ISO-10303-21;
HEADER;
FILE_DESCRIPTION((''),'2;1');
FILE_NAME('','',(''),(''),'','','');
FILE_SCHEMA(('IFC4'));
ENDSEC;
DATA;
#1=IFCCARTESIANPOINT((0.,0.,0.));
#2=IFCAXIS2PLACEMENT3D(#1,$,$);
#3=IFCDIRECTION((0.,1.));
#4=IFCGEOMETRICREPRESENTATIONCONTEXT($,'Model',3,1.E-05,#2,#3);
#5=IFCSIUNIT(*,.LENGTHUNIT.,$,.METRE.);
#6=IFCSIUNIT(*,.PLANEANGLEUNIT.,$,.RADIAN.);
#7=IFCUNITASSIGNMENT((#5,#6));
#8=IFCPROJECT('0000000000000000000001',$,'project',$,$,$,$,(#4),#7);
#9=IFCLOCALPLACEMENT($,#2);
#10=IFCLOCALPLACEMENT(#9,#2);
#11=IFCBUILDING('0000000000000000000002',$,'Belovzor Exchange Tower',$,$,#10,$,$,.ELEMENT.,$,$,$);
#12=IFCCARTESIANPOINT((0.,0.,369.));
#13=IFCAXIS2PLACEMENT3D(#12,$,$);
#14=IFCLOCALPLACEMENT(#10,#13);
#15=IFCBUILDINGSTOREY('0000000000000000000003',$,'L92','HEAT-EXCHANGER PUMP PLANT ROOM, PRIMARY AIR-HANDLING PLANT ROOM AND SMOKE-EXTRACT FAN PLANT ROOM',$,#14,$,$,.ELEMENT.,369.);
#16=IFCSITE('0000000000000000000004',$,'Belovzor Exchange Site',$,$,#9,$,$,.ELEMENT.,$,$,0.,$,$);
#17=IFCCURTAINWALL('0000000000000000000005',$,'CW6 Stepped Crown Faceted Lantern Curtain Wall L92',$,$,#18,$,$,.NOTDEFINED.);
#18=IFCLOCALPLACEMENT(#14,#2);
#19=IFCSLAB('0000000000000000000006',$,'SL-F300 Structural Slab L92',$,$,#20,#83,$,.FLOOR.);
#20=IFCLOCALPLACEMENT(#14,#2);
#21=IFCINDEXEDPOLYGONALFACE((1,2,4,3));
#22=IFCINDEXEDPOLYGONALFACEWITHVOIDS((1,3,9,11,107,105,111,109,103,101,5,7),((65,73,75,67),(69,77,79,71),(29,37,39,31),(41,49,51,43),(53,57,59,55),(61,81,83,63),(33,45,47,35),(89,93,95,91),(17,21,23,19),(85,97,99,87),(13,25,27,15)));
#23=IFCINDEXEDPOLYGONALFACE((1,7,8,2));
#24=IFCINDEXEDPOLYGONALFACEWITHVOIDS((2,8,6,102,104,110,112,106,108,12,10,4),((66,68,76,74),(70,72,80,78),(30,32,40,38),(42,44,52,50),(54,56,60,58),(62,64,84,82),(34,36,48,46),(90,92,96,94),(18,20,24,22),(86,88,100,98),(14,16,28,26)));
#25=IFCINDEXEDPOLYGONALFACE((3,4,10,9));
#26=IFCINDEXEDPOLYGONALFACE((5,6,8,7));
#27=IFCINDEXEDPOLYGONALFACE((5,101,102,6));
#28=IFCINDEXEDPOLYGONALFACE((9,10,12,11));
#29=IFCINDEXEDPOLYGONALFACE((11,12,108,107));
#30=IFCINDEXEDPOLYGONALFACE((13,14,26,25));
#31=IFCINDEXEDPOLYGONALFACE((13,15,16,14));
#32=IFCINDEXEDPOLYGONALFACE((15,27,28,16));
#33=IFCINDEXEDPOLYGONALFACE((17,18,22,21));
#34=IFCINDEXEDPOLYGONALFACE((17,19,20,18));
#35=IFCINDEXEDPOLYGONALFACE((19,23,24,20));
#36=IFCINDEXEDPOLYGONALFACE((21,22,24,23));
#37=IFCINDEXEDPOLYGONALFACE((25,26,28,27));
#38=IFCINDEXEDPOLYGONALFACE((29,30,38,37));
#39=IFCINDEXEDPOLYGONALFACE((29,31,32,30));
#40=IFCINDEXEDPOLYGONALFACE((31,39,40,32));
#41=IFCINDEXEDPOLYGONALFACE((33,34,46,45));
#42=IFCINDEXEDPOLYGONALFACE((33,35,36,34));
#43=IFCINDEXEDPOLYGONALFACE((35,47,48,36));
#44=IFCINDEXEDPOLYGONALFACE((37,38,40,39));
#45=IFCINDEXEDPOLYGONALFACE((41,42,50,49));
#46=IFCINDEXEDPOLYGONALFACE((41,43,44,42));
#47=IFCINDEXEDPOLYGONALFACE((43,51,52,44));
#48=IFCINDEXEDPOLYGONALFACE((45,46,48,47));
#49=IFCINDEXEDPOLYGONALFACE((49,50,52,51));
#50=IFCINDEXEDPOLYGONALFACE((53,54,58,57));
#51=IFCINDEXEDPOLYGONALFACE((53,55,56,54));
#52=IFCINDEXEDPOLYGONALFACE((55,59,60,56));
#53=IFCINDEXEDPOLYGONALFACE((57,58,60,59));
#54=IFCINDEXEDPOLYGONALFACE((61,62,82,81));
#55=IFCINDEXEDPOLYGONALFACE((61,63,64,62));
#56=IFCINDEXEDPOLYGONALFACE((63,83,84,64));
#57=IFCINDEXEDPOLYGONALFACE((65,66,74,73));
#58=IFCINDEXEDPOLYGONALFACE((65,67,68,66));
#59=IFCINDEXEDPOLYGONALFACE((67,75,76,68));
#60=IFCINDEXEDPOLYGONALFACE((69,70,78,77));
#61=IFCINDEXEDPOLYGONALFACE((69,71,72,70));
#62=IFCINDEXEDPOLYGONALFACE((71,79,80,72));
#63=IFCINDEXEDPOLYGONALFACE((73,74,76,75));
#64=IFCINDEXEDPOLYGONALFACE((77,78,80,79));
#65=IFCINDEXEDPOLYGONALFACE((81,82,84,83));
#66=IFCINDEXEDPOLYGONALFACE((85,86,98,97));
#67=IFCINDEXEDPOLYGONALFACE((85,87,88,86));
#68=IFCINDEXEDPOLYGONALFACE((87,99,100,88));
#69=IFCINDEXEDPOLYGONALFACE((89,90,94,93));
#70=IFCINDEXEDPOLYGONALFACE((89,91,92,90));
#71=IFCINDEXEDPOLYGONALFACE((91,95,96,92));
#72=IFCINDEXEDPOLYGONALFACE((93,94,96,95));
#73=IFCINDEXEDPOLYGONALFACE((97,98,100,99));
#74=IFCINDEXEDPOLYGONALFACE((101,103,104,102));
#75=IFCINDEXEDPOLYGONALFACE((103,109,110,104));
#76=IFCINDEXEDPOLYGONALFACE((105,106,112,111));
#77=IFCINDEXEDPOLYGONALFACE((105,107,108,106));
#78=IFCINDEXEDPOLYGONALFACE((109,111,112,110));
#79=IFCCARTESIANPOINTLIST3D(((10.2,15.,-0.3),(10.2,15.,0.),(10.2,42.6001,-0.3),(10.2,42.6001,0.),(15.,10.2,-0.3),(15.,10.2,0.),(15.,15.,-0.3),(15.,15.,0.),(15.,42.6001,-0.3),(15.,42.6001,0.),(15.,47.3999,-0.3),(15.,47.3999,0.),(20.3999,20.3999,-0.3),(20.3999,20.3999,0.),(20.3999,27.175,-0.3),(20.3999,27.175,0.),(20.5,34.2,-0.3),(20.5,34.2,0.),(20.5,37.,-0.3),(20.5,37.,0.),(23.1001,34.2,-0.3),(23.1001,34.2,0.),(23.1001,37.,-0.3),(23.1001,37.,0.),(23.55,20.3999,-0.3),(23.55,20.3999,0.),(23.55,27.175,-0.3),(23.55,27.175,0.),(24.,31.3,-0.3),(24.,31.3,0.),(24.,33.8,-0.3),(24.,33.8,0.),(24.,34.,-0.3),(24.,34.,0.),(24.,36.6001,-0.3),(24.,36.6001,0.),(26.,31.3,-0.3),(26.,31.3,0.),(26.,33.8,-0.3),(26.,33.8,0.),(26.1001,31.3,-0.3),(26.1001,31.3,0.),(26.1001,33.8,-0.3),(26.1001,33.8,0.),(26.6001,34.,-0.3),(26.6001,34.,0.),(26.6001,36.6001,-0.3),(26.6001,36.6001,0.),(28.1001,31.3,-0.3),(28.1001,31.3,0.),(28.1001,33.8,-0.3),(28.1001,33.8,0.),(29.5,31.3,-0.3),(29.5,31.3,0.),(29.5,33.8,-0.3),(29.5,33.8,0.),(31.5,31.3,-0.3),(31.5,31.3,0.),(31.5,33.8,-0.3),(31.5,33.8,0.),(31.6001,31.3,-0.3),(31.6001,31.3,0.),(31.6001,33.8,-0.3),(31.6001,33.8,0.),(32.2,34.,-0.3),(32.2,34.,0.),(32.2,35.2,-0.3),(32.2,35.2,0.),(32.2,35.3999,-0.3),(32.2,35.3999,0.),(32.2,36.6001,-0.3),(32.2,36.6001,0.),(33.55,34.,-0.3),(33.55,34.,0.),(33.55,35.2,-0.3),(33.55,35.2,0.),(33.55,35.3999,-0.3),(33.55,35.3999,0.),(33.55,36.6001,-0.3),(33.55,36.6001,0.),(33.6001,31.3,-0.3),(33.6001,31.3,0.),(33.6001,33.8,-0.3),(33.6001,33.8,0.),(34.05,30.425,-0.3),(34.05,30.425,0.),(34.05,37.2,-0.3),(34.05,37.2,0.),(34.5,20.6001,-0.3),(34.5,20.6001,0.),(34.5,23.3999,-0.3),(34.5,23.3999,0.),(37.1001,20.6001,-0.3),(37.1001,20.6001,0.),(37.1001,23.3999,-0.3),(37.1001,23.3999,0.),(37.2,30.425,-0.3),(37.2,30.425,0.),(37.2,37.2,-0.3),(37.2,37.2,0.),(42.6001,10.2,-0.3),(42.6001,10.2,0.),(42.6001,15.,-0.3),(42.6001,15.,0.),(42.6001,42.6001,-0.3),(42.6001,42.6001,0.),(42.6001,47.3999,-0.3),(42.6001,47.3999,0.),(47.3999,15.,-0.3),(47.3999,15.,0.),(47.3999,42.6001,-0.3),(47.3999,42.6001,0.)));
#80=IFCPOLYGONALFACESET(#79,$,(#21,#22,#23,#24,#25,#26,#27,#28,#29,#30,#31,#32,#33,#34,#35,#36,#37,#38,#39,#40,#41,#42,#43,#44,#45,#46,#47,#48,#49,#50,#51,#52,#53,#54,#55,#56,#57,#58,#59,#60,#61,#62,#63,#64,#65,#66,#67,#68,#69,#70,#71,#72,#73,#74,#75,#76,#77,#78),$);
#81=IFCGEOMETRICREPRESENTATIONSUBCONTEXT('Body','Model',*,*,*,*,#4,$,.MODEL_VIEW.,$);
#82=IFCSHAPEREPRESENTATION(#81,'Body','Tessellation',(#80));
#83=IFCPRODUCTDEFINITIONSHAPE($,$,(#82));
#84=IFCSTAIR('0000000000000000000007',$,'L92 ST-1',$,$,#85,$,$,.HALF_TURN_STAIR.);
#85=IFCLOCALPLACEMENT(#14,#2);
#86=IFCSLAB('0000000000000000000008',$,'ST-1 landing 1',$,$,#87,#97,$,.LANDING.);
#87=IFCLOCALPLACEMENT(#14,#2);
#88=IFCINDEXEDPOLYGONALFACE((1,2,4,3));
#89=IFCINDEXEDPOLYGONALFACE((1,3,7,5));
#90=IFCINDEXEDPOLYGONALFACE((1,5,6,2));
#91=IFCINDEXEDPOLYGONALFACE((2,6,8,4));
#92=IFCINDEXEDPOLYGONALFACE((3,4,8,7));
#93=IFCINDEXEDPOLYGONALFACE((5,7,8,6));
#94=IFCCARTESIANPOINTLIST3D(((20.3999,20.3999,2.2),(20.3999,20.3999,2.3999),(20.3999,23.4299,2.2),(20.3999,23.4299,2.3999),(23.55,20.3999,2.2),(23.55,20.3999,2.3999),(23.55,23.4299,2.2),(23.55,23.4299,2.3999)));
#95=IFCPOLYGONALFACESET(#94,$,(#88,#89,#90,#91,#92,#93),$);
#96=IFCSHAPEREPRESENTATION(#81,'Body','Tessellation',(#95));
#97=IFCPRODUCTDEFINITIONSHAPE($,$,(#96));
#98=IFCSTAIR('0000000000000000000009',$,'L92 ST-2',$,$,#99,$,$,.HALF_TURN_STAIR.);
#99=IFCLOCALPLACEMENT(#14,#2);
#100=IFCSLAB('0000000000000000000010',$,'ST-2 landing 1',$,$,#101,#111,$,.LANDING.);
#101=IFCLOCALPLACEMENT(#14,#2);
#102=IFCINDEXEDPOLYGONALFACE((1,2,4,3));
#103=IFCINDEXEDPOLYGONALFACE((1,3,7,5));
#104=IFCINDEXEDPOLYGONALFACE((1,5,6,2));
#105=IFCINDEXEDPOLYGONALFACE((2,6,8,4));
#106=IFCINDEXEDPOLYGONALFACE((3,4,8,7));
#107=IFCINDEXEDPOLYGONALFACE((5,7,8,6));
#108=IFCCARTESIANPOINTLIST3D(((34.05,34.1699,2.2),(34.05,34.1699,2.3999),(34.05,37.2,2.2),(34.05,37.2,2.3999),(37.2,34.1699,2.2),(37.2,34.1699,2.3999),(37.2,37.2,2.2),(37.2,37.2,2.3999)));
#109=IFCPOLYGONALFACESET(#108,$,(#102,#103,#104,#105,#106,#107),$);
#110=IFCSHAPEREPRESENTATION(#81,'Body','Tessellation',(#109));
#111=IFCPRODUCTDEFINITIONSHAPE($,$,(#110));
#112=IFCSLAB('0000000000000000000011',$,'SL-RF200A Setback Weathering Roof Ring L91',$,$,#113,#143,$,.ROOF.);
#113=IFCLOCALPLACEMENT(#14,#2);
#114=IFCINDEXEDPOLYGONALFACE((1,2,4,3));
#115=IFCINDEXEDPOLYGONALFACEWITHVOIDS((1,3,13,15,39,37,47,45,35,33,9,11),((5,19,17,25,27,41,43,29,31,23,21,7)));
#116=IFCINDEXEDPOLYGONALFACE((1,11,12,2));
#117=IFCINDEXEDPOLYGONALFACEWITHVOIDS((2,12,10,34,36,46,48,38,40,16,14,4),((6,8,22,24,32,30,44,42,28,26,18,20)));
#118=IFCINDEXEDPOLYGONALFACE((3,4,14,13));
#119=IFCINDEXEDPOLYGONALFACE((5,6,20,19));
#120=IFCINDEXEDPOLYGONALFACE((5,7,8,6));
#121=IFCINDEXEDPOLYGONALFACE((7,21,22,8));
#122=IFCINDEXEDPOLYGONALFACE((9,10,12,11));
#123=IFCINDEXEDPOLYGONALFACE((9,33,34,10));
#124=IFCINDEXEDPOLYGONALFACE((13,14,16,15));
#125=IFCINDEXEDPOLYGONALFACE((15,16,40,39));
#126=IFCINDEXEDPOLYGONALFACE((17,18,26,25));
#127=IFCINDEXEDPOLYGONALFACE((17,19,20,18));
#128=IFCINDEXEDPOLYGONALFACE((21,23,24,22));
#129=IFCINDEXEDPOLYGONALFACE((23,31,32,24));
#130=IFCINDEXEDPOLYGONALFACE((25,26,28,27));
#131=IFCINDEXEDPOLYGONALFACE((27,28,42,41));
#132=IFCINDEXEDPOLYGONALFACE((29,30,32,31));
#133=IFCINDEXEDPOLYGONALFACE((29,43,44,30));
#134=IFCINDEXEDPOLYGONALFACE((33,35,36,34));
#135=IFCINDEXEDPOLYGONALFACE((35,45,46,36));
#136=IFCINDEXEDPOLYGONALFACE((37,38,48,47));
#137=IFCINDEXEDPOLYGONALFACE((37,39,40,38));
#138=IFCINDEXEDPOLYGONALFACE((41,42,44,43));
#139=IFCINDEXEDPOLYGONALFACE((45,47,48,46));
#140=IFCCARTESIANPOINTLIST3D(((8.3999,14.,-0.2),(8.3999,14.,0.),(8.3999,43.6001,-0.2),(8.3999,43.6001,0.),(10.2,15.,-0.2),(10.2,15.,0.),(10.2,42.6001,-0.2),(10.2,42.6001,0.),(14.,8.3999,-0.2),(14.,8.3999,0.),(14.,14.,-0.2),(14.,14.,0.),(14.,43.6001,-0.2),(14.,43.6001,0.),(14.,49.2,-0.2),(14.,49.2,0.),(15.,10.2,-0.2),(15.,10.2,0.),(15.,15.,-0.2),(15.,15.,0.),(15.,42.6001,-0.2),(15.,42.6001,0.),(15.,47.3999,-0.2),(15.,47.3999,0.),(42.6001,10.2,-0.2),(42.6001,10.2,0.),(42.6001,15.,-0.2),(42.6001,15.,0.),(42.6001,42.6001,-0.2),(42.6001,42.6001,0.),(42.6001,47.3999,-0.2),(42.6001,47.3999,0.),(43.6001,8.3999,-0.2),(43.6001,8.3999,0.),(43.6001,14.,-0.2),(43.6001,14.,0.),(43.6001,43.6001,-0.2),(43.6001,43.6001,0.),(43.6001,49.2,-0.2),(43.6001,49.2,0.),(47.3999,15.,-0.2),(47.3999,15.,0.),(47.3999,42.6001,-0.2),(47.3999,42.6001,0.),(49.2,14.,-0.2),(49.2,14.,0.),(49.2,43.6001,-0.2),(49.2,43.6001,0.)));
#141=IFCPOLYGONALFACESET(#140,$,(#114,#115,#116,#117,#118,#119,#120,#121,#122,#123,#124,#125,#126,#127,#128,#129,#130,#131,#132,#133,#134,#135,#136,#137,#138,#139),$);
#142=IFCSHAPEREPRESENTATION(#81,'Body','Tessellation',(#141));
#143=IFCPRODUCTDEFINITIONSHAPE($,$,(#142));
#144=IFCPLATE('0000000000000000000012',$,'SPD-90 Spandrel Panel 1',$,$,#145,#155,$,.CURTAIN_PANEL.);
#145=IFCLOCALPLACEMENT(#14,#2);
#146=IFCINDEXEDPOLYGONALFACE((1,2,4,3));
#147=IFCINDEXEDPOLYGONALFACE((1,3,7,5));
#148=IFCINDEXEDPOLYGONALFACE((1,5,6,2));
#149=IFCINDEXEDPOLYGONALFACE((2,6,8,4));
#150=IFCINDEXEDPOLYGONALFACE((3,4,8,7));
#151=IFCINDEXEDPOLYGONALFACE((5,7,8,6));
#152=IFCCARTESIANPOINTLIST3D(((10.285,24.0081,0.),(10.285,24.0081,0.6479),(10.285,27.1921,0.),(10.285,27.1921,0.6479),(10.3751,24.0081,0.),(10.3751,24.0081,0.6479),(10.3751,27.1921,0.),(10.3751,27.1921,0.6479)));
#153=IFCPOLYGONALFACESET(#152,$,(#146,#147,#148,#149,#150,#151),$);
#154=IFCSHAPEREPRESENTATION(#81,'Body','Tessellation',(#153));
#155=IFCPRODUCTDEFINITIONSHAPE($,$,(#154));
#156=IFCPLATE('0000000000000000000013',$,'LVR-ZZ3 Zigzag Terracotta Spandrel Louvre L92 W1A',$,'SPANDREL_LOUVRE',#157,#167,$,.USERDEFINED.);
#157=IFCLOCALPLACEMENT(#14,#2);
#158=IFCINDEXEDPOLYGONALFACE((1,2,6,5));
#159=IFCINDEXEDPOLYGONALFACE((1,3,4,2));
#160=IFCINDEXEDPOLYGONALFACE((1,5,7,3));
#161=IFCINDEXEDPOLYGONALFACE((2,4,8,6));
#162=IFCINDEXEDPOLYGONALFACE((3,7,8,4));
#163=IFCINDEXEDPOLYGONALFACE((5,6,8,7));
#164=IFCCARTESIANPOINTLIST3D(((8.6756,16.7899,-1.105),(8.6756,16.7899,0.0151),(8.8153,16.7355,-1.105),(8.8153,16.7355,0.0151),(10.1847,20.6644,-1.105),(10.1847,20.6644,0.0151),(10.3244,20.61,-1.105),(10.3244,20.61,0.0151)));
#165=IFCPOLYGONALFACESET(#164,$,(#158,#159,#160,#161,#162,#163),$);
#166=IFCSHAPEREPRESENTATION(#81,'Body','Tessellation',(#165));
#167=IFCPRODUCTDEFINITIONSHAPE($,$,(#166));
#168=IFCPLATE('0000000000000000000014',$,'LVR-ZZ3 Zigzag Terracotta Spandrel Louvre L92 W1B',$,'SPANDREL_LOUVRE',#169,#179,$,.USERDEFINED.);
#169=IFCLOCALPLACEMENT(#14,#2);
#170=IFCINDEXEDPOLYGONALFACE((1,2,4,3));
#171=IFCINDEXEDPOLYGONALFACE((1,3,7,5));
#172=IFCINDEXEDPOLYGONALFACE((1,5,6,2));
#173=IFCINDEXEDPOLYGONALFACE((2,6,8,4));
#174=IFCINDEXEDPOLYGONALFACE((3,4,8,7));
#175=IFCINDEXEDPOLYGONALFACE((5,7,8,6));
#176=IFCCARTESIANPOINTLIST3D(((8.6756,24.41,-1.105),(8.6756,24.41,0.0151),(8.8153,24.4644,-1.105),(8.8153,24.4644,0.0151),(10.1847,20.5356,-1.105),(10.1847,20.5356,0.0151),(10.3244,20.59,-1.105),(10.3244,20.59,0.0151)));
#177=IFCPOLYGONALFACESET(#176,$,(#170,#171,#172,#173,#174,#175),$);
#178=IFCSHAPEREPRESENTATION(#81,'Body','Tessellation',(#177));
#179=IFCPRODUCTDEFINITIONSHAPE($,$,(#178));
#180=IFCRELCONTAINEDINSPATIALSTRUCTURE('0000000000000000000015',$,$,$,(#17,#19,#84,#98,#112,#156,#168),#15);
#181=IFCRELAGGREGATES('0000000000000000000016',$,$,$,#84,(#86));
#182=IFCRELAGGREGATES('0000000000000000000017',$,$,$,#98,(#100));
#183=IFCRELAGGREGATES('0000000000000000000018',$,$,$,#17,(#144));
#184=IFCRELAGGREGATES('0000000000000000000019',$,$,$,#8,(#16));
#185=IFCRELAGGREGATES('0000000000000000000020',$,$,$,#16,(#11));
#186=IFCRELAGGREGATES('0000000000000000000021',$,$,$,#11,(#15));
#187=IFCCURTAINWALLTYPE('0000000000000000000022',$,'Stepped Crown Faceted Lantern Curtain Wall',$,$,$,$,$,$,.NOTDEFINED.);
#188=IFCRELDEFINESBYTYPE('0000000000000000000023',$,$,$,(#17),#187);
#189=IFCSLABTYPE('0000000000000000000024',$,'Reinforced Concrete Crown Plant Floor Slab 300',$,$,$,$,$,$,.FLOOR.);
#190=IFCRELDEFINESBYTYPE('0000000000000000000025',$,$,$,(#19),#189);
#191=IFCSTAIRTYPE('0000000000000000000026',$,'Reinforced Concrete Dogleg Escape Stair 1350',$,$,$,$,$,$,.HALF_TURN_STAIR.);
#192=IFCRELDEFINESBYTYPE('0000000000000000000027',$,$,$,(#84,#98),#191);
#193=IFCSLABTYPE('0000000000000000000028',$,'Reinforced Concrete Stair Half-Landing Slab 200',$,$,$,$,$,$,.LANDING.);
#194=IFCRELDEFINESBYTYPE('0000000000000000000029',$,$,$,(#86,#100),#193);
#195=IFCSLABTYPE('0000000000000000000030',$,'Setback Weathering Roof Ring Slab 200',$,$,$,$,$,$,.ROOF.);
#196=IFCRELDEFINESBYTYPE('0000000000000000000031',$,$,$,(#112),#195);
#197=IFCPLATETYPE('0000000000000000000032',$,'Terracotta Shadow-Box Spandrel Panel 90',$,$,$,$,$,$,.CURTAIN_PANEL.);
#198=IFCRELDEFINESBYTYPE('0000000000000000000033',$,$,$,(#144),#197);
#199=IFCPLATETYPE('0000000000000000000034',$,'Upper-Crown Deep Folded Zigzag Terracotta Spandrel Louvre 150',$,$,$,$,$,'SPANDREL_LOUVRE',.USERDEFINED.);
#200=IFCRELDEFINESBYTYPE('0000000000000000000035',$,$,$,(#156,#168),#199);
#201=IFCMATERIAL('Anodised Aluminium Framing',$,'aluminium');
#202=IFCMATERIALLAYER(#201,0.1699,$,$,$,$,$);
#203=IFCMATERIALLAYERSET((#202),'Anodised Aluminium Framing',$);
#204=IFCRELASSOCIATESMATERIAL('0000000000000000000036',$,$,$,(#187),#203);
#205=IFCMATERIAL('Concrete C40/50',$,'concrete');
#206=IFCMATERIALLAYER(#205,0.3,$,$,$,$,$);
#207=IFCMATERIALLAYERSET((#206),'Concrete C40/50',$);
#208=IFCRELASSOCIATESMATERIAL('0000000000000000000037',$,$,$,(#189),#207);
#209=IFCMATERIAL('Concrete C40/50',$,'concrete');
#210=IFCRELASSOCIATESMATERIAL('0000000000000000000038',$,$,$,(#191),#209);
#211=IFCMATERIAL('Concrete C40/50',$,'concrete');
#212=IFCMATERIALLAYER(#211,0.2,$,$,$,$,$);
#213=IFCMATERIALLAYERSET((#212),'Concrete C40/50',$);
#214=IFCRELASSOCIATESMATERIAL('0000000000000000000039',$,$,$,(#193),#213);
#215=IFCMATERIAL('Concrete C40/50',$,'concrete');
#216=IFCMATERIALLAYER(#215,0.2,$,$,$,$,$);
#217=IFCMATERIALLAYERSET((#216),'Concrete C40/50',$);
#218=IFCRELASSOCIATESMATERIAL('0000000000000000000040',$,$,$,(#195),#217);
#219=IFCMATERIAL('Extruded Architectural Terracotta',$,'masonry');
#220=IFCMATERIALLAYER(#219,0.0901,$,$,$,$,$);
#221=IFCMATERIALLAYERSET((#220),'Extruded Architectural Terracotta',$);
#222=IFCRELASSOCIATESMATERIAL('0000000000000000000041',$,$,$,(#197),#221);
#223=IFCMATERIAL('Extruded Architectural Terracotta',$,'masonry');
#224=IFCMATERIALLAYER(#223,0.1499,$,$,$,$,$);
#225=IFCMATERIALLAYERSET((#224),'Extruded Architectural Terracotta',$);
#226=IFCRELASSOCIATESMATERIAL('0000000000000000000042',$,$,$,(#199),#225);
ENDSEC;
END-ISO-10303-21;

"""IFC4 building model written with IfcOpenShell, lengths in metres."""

from ifc_helpers import new_model, si_unit, direction, frame, origin, origin_2d, place, context, subcontext, project, spatial, polyline, rectangle, outline, extrude, material, layer, layer_set, type_object, element, aggregate, save


model = new_model("IFC4")

# Units and contexts
model_context = context("Model", 3, precision=1e-05, world=origin(), true_north=direction((0.0, 1.0)))
body_context = subcontext(model_context, "Body", "Model", "MODEL_VIEW")
ifc_project = project(units=[si_unit("LENGTHUNIT", "METRE"), si_unit("PLANEANGLEUNIT", "RADIAN")], contexts=[model_context])

# Site, building, storey
site_placement = place(None, origin())
site = spatial("IfcSite", under=ifc_project, at=site_placement, Name="Belovzor Exchange Site", CompositionType="ELEMENT", RefElevation=0.0)
building_placement = place(site_placement, origin())
building = spatial("IfcBuilding", under=site, at=building_placement, Name="Belovzor Exchange Tower", CompositionType="ELEMENT")
storey_placement = place(building_placement, frame((0.0, 0.0, 369.0)))
storey = spatial("IfcBuildingStorey", under=building, at=storey_placement, Name="L92", Description="HEAT-EXCHANGER PUMP PLANT ROOM, PRIMARY AIR-HANDLING PLANT ROOM AND SMOKE-EXTRACT FAN PLANT ROOM", CompositionType="ELEMENT", Elevation=369.0)

# Curtain wall
ifc_material_1 = material(Name="Anodised Aluminium Framing", Category="aluminium")
ifc_layer_1 = layer(ifc_material_1, 0.1699)
ifc_layer_set_1 = layer_set([ifc_layer_1], Name="Anodised Aluminium Framing")
curtain_wall_type = type_object("IfcCurtainWallType", Name="Stepped Crown Faceted Lantern Curtain Wall", PredefinedType="NOTDEFINED", material=ifc_layer_set_1)
curtain_wall_placement = place(storey_placement, origin())
curtain_wall = element("IfcCurtainWall", 1, at=curtain_wall_placement, inside=storey, type_object=curtain_wall_type, Name="CW6 Stepped Crown Faceted Lantern Curtain Wall L92", PredefinedType="NOTDEFINED")

# Slab
ifc_material_2 = material(Name="Concrete C40/50", Category="concrete")
ifc_layer_2 = layer(ifc_material_2, 0.3)
ifc_layer_set_2 = layer_set([ifc_layer_2], Name="Concrete C40/50")
slab_type_1 = type_object("IfcSlabType", Name="Reinforced Concrete Crown Plant Floor Slab 300", PredefinedType="FLOOR", material=ifc_layer_set_2)
slab_1_placement = place(storey_placement, frame((0.0, 0.0, -0.3)))
element("IfcSlab", 2, at=slab_1_placement, inside=storey, type_object=slab_type_1, Name="SL-F300 Structural Slab L92", PredefinedType="FLOOR", context=body_context, shape_type="SweptSolid", body=[
    extrude(outline(polyline([(15.0, 10.2), (42.6001, 10.2), (42.6001, 15.0), (47.3999, 15.0), (47.3999, 42.6001), (42.6001, 42.6001), (42.6001, 47.3999), (15.0, 47.3999), (15.0, 42.6001), (10.2, 42.6001), (10.2, 15.0), (15.0, 15.0), (15.0, 10.2)]), holes=[polyline([(20.3999, 27.175), (20.3999, 20.3999), (23.55, 20.3999), (23.55, 27.175), (20.3999, 27.175)]), polyline([(37.2, 30.425), (37.2, 37.2), (34.05, 37.2), (34.05, 30.425), (37.2, 30.425)]), polyline([(20.5, 34.2), (23.1001, 34.2), (23.1001, 37.0), (20.5, 37.0), (20.5, 34.2)]), polyline([(34.5, 20.6001), (37.1001, 20.6001), (37.1001, 23.3999), (34.5, 23.3999), (34.5, 20.6001)]), polyline([(24.0, 34.0), (26.6001, 34.0), (26.6001, 36.6001), (24.0, 36.6001), (24.0, 34.0)]), polyline([(24.0, 31.3), (26.0, 31.3), (26.0, 33.8), (24.0, 33.8), (24.0, 31.3)]), polyline([(26.1001, 31.3), (28.1001, 31.3), (28.1001, 33.8), (26.1001, 33.8), (26.1001, 31.3)]), polyline([(29.5, 31.3), (31.5, 31.3), (31.5, 33.8), (29.5, 33.8), (29.5, 31.3)]), polyline([(31.6001, 31.3), (33.6001, 31.3), (33.6001, 33.8), (31.6001, 33.8), (31.6001, 31.3)]), polyline([(32.2, 34.0), (33.55, 34.0), (33.55, 35.2), (32.2, 35.2), (32.2, 34.0)]), polyline([(32.2, 35.3999), (33.55, 35.3999), (33.55, 36.6001), (32.2, 36.6001), (32.2, 35.3999)])]), origin(), (0.0, 0.0, 1.0), 0.3),
])

# Stairs, slabs
ifc_material_3 = material(Name="Concrete C40/50", Category="concrete")
stair_type = type_object("IfcStairType", Name="Reinforced Concrete Dogleg Escape Stair 1350", PredefinedType="HALF_TURN_STAIR", material=ifc_material_3)
stair_1_placement = place(storey_placement, origin())
stair_1 = element("IfcStair", 3, at=stair_1_placement, inside=storey, type_object=stair_type, Name="L92 ST-1", PredefinedType="HALF_TURN_STAIR")
ifc_material_4 = material(Name="Concrete C40/50", Category="concrete")
ifc_layer_3 = layer(ifc_material_4, 0.2)
ifc_layer_set_3 = layer_set([ifc_layer_3], Name="Concrete C40/50")
slab_type_2 = type_object("IfcSlabType", Name="Reinforced Concrete Stair Half-Landing Slab 200", PredefinedType="LANDING", material=ifc_layer_set_3)
slab_2_placement = place(storey_placement, frame((0.0, 0.0, 2.2)))
slab_2 = element("IfcSlab", 4, at=slab_2_placement, type_object=slab_type_2, Name="ST-1 landing 1", PredefinedType="LANDING", context=body_context, shape_type="SweptSolid", body=[
    extrude(outline(polyline([(20.3999, 23.4299), (20.3999, 20.3999), (23.55, 20.3999), (23.55, 23.4299), (20.3999, 23.4299)])), origin(), (0.0, 0.0, 1.0), 0.2),
])
aggregate(stair_1, [slab_2])
stair_2_placement = place(storey_placement, origin())
stair_2 = element("IfcStair", 5, at=stair_2_placement, inside=storey, type_object=stair_type, Name="L92 ST-2", PredefinedType="HALF_TURN_STAIR")
slab_3_placement = place(storey_placement, frame((0.0, 0.0, 2.2)))
slab_3 = element("IfcSlab", 6, at=slab_3_placement, type_object=slab_type_2, Name="ST-2 landing 1", PredefinedType="LANDING", context=body_context, shape_type="SweptSolid", body=[
    extrude(outline(polyline([(37.2, 34.1699), (37.2, 37.2), (34.05, 37.2), (34.05, 34.1699), (37.2, 34.1699)])), origin(), (0.0, 0.0, 1.0), 0.2),
])
aggregate(stair_2, [slab_3])

# Slab
ifc_material_5 = material(Name="Concrete C40/50", Category="concrete")
ifc_layer_4 = layer(ifc_material_5, 0.2)
ifc_layer_set_4 = layer_set([ifc_layer_4], Name="Concrete C40/50")
slab_type_3 = type_object("IfcSlabType", Name="Setback Weathering Roof Ring Slab 200", PredefinedType="ROOF", material=ifc_layer_set_4)
slab_4_placement = place(storey_placement, frame((0.0, 0.0, -0.2)))
element("IfcSlab", 7, at=slab_4_placement, inside=storey, type_object=slab_type_3, Name="SL-RF200A Setback Weathering Roof Ring L91", PredefinedType="ROOF", context=body_context, shape_type="SweptSolid", body=[
    extrude(outline(polyline([(14.0, 8.3999), (43.6001, 8.3999), (43.6001, 14.0), (49.2, 14.0), (49.2, 43.6001), (43.6001, 43.6001), (43.6001, 49.2), (14.0, 49.2), (14.0, 43.6001), (8.3999, 43.6001), (8.3999, 14.0), (14.0, 14.0), (14.0, 8.3999)]), holes=[polyline([(15.0, 10.2), (42.6001, 10.2), (42.6001, 15.0), (47.3999, 15.0), (47.3999, 42.6001), (42.6001, 42.6001), (42.6001, 47.3999), (15.0, 47.3999), (15.0, 42.6001), (10.2, 42.6001), (10.2, 15.0), (15.0, 15.0), (15.0, 10.2)])]), origin(), (0.0, 0.0, 1.0), 0.2),
])

# Plate
ifc_material_6 = material(Name="Extruded Architectural Terracotta", Category="masonry")
ifc_layer_5 = layer(ifc_material_6, 0.0901)
ifc_layer_set_5 = layer_set([ifc_layer_5], Name="Extruded Architectural Terracotta")
plate_type_1 = type_object("IfcPlateType", Name="Terracotta Shadow-Box Spandrel Panel 90", PredefinedType="CURTAIN_PANEL", material=ifc_layer_set_5)
plate_1_placement = place(storey_placement, frame((10.3301, 25.6001, 0.0), z_axis=(0.0, 0.0, 1.0), x_axis=(0.0, 1.0, 0.0)))
plate_1 = element("IfcPlate", 8, at=plate_1_placement, type_object=plate_type_1, Name="SPD-90 Spandrel Panel 1", PredefinedType="CURTAIN_PANEL", context=body_context, shape_type="SweptSolid", body=[
    extrude(rectangle(XDim=3.1841, YDim=0.0901, at=origin_2d()), origin(), (0.0, 0.0, 1.0), 0.6479),
])
aggregate(curtain_wall, [plate_1])

# Plates
ifc_material_7 = material(Name="Extruded Architectural Terracotta", Category="masonry")
ifc_layer_6 = layer(ifc_material_7, 0.1499)
ifc_layer_set_6 = layer_set([ifc_layer_6], Name="Extruded Architectural Terracotta")
plate_type_2 = type_object("IfcPlateType", Name="Upper-Crown Deep Folded Zigzag Terracotta Spandrel Louvre 150", ElementType="SPANDREL_LOUVRE", PredefinedType="USERDEFINED", material=ifc_layer_set_6)
for number, where, z_axis, x_axis, name in (
    (9, (9.5, 18.7, -1.105), (0.0, 0.0, 1.0), (0.362926, 0.931818, 0.0), "LVR-ZZ3 Zigzag Terracotta Spandrel Louvre L92 W1A"),
    (10, (9.5, 22.5, -1.105), (0.0, 0.0, 1.0), (-0.362926, 0.931818, 0.0), "LVR-ZZ3 Zigzag Terracotta Spandrel Louvre L92 W1B"),
):
    element("IfcPlate", number, at=place(storey_placement, frame(where, z_axis=z_axis, x_axis=x_axis)), inside=storey, type_object=plate_type_2, Name=name, ObjectType="SPANDREL_LOUVRE", PredefinedType="USERDEFINED", context=body_context, shape_type="SweptSolid", body=[
        extrude(rectangle(XDim=4.158, YDim=0.1499, at=origin_2d()), origin(), (0.0, 0.0, 1.0), 1.1201),
    ])

save(model, "model.ifc")
